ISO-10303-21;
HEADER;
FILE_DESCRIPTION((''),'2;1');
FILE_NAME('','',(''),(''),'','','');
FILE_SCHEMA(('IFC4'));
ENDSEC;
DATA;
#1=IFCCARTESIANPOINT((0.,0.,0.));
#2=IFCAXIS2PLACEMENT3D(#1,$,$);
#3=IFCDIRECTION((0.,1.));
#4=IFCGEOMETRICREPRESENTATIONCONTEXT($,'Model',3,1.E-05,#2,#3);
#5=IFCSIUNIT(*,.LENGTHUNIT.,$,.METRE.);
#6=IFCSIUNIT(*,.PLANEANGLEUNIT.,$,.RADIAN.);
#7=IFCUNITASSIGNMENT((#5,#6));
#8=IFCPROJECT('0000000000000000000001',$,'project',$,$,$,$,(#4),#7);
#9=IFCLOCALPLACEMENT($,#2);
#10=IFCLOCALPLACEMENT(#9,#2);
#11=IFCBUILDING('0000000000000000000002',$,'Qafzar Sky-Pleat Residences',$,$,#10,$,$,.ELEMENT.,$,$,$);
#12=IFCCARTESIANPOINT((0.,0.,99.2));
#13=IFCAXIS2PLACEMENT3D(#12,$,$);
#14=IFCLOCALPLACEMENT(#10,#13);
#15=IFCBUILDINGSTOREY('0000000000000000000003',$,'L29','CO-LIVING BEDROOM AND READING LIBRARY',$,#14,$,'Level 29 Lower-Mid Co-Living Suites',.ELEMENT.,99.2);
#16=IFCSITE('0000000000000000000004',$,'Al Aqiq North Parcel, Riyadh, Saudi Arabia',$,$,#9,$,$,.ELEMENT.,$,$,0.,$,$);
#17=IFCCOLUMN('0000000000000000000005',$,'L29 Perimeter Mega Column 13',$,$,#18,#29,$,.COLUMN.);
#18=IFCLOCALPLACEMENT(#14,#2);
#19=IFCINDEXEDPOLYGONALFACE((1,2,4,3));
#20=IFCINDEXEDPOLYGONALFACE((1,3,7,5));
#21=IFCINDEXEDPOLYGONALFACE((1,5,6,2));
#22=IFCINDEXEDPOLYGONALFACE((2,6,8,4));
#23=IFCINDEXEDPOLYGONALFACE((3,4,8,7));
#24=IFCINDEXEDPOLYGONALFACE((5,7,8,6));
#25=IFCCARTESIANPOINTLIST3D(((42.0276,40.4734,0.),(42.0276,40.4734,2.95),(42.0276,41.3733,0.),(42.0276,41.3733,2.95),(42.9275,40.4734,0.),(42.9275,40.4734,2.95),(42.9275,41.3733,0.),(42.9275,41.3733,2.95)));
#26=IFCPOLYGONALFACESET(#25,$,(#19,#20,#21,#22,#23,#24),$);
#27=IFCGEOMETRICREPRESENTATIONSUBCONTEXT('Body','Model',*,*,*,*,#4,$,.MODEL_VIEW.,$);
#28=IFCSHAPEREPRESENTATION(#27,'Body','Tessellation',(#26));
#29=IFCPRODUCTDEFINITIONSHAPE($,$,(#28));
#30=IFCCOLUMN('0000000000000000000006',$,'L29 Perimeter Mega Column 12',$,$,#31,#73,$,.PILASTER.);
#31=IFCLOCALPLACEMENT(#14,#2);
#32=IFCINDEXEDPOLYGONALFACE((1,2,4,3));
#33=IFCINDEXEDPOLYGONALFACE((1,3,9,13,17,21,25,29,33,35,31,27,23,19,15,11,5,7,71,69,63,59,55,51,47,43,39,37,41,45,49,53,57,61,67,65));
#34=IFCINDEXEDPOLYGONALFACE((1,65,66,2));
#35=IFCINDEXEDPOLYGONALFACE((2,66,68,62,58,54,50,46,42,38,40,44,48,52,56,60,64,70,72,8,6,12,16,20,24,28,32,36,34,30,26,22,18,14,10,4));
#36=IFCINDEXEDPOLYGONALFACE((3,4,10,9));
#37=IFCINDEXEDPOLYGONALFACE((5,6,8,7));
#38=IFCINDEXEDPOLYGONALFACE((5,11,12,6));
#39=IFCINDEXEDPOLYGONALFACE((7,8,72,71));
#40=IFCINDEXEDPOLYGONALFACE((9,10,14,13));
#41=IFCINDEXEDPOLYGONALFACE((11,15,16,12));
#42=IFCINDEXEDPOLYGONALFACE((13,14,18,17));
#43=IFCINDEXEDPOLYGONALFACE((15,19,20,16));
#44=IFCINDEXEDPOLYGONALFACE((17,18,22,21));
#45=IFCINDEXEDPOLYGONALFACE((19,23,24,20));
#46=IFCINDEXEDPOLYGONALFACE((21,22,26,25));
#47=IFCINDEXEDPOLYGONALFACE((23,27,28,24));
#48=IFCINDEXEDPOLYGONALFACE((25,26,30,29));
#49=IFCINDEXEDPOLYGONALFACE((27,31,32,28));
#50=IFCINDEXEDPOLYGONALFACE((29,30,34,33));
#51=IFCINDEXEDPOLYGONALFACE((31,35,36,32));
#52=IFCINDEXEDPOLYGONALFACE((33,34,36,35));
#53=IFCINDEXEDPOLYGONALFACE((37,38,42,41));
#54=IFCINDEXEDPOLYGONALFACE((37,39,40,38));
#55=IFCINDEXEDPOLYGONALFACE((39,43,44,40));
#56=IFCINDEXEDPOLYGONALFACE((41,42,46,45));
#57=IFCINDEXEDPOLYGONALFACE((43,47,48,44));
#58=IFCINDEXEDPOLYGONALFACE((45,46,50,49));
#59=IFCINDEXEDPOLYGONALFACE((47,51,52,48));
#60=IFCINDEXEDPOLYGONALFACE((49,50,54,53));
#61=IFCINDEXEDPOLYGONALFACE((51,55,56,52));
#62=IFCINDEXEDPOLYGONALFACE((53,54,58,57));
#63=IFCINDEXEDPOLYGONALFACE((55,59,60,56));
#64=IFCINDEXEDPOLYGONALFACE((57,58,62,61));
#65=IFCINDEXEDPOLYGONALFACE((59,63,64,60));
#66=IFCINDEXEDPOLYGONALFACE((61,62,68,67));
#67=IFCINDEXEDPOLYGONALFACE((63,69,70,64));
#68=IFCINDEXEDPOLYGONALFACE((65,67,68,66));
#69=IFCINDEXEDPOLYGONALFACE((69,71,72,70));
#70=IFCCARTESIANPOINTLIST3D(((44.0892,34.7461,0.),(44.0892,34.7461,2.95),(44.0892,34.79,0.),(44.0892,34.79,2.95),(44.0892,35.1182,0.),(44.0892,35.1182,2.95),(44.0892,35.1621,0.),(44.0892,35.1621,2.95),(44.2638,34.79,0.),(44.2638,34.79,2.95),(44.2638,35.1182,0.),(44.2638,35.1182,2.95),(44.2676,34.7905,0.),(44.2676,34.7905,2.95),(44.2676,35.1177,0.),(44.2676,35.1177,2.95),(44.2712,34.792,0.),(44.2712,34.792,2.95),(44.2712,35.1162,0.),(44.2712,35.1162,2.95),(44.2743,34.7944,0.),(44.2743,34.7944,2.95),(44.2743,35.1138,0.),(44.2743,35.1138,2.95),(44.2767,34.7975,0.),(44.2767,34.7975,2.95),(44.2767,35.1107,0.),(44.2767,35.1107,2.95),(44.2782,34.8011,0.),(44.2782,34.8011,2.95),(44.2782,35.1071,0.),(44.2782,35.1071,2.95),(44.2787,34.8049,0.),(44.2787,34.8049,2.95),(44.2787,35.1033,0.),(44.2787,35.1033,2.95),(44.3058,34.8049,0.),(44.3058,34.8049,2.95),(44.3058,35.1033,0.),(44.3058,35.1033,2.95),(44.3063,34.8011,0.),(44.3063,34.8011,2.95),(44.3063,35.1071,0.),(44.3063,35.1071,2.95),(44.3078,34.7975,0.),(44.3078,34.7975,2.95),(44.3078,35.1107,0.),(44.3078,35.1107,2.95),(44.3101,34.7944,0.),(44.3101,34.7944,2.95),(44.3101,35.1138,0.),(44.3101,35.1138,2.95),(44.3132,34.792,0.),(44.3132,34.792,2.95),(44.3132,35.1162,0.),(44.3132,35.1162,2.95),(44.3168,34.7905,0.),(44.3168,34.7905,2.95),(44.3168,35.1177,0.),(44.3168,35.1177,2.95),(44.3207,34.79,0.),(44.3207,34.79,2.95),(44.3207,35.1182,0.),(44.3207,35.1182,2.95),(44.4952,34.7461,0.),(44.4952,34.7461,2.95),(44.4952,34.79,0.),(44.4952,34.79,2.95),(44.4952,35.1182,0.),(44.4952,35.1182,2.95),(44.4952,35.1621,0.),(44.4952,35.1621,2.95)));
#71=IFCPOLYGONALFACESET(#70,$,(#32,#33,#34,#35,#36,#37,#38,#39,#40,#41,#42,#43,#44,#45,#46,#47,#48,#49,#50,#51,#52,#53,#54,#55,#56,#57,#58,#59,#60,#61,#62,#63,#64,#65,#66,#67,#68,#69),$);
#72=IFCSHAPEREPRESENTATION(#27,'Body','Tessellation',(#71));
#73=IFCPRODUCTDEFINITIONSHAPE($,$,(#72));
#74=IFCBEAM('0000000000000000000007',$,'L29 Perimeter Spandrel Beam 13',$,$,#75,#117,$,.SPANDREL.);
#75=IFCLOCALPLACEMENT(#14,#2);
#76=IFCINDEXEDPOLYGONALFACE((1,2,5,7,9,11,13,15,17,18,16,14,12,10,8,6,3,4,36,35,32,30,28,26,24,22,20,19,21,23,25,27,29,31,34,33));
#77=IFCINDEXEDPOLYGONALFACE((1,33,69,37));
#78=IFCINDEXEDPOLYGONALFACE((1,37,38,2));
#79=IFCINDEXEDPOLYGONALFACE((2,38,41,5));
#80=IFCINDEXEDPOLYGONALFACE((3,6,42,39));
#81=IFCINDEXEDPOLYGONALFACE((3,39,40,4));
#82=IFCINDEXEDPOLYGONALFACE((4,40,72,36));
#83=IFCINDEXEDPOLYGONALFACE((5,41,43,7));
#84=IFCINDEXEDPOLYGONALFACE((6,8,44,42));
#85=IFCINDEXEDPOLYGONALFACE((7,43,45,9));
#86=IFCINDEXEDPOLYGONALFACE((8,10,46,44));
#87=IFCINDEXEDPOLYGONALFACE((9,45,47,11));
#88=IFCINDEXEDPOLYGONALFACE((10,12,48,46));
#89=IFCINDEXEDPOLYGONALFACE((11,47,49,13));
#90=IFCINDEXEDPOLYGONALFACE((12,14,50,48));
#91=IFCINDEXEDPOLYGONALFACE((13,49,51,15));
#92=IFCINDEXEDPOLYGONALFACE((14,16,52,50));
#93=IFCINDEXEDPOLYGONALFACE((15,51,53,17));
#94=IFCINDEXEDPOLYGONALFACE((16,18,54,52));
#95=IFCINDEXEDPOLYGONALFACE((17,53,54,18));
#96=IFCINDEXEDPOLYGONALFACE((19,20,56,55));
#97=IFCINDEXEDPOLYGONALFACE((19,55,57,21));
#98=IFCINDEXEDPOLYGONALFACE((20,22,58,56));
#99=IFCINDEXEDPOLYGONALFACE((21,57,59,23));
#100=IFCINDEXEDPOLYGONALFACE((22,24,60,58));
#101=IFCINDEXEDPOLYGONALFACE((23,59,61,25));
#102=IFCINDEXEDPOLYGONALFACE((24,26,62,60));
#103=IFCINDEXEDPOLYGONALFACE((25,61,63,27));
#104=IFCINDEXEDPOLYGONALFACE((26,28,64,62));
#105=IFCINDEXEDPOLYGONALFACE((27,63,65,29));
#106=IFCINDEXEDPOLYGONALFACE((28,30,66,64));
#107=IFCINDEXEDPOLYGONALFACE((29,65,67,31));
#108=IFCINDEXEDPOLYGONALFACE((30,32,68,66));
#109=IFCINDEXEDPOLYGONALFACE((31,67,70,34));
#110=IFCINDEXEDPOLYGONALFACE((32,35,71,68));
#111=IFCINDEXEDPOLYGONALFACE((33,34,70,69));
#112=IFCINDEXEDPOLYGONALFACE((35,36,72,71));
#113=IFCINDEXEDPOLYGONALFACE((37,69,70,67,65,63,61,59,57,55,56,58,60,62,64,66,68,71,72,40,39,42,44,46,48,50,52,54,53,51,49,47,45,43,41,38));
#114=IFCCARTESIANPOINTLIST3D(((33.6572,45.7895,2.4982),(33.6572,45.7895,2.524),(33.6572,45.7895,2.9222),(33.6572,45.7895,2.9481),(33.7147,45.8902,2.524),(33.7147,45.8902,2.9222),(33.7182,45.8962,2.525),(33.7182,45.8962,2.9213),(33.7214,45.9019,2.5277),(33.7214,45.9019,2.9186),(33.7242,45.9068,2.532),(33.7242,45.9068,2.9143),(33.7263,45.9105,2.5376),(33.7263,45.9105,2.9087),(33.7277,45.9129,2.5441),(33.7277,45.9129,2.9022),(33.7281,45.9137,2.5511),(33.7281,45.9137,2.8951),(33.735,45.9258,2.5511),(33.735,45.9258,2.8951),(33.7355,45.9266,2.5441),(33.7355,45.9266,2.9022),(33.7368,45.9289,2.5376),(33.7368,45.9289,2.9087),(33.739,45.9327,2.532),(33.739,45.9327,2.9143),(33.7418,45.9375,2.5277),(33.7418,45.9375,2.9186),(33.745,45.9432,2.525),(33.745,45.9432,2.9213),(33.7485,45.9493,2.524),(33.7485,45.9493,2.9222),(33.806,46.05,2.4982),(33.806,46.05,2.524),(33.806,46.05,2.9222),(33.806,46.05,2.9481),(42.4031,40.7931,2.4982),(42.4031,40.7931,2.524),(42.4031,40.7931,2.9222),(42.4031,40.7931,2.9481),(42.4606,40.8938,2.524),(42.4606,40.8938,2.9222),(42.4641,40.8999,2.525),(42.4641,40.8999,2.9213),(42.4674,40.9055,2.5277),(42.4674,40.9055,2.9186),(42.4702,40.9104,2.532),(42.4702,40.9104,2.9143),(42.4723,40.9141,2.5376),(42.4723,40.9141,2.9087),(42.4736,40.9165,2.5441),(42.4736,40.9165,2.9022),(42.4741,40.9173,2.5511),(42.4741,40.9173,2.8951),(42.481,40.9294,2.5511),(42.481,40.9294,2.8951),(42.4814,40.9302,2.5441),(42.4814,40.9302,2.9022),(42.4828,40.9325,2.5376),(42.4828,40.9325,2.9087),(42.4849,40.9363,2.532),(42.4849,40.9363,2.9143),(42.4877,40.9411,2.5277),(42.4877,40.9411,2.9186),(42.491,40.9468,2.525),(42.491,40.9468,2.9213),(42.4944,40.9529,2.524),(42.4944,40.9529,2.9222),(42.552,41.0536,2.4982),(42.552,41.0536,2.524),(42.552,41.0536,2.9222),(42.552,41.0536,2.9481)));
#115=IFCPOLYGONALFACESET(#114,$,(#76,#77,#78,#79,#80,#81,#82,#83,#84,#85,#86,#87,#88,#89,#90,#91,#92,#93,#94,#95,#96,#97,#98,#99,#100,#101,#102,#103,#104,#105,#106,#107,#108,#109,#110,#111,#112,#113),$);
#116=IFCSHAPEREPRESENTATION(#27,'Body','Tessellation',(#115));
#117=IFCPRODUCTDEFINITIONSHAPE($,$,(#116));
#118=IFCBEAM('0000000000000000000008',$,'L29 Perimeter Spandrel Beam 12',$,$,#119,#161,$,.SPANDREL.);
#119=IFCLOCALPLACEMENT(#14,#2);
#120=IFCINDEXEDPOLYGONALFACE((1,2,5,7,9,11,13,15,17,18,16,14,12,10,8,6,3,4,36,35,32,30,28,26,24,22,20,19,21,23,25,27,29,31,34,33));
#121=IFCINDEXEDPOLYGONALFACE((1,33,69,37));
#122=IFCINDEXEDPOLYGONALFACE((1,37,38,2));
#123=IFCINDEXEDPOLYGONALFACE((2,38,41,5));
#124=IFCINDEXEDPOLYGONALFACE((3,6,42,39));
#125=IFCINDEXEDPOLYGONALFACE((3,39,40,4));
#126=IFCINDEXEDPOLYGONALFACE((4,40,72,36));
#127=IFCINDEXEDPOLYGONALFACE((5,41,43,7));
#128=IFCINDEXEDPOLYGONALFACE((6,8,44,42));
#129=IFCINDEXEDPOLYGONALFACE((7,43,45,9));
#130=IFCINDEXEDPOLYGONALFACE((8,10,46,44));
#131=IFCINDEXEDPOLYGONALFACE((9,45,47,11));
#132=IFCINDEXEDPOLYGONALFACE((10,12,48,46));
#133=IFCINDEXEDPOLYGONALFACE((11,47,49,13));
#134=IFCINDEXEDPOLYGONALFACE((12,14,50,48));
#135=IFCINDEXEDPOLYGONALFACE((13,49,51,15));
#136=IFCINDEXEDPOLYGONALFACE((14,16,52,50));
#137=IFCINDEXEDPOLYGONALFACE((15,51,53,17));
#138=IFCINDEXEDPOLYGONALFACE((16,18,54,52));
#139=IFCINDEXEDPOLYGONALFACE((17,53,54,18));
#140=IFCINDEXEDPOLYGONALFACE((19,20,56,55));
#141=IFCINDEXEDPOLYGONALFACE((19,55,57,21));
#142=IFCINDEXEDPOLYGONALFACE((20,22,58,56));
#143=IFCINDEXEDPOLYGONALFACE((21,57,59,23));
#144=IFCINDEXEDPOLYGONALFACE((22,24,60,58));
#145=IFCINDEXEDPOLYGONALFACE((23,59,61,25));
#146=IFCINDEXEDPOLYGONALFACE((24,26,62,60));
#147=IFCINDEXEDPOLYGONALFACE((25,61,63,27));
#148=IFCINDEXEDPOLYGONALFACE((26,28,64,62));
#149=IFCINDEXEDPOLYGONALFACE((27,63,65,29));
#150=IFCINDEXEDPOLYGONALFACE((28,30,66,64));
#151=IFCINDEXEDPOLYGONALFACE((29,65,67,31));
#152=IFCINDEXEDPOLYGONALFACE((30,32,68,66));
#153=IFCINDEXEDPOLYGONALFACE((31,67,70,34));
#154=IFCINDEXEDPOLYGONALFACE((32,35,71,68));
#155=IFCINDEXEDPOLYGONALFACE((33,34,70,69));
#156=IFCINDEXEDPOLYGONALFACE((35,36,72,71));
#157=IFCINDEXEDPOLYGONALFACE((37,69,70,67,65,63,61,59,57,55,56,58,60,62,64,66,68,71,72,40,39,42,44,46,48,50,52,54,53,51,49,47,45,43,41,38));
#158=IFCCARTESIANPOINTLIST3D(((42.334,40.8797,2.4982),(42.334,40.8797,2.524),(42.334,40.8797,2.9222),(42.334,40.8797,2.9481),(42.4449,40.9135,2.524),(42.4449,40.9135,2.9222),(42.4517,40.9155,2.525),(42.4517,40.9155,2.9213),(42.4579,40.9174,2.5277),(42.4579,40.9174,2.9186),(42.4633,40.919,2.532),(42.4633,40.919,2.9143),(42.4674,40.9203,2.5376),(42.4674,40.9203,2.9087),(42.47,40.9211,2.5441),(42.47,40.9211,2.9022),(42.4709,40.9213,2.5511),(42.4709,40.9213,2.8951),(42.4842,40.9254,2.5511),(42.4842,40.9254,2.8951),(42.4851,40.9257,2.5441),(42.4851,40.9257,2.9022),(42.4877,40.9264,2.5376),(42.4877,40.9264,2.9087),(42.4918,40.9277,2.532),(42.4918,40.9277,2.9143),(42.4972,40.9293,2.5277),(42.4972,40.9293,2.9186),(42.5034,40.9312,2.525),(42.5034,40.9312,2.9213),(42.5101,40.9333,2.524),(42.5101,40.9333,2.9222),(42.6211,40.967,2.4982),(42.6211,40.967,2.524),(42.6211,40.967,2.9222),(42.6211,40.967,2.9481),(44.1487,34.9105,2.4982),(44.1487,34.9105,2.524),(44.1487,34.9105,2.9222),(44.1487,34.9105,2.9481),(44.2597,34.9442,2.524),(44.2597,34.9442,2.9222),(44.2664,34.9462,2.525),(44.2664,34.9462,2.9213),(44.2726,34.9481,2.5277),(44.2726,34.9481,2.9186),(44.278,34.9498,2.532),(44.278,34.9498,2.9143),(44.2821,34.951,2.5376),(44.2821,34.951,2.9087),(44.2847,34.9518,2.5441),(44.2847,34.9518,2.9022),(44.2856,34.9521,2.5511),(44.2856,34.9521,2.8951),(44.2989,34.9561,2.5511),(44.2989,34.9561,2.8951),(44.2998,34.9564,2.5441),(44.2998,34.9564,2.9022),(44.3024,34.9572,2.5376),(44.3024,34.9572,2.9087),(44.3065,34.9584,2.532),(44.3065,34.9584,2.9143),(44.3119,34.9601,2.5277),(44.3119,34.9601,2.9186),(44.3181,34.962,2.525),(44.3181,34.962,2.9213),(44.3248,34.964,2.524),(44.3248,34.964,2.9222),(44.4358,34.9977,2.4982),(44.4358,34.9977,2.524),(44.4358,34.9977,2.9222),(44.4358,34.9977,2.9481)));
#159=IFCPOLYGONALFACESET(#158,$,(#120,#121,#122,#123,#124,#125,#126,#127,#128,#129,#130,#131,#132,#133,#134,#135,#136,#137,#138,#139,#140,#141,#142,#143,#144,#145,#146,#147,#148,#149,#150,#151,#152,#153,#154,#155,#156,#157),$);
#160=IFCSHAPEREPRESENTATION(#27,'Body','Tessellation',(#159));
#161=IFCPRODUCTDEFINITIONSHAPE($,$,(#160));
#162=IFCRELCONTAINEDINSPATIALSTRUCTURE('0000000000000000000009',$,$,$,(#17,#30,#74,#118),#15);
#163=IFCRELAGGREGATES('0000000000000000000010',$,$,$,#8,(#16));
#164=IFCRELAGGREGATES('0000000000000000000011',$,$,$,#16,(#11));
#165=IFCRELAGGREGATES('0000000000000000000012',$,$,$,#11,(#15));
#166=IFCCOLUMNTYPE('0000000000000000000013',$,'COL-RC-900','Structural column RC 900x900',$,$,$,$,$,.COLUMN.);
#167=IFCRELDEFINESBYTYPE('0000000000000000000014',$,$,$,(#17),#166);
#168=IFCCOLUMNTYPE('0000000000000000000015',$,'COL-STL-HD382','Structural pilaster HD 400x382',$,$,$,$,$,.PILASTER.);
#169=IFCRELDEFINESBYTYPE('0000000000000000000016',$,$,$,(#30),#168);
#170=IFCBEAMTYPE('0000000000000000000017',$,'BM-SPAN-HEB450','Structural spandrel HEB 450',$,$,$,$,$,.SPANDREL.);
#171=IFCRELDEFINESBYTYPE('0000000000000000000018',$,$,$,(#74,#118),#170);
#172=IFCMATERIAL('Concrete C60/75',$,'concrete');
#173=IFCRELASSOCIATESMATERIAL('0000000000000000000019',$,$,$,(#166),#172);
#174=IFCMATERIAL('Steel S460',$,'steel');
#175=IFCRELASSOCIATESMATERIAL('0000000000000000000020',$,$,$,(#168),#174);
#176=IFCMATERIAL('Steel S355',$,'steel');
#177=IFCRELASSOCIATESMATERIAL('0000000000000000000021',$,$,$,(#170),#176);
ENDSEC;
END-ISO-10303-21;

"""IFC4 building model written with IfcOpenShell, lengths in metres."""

from ifc_helpers import new_model, si_unit, direction, frame, origin, origin_2d, place, context, subcontext, project, spatial, rectangle, i_section, extrude, source, transform, mapped, material, material_profile, profile_set, type_object, element, save


model = new_model("IFC4")

# Units and contexts
model_context = context("Model", 3, precision=1e-05, world=origin(), true_north=direction((0.0, 1.0)))
body_context = subcontext(model_context, "Body", "Model", "MODEL_VIEW")
ifc_project = project(units=[si_unit("LENGTHUNIT", "METRE"), si_unit("PLANEANGLEUNIT", "RADIAN")], contexts=[model_context])

# Site, building, storey
site_placement = place(None, origin())
site = spatial("IfcSite", under=ifc_project, at=site_placement, Name="Al Aqiq North Parcel, Riyadh, Saudi Arabia", CompositionType="ELEMENT", RefElevation=0.0)
building_placement = place(site_placement, origin())
building = spatial("IfcBuilding", under=site, at=building_placement, Name="Qafzar Sky-Pleat Residences", CompositionType="ELEMENT")
storey_placement = place(building_placement, frame((0.0, 0.0, 99.2)))
storey = spatial("IfcBuildingStorey", under=building, at=storey_placement, Name="L29", Description="CO-LIVING BEDROOM AND READING LIBRARY", LongName="Level 29 Lower-Mid Co-Living Suites", CompositionType="ELEMENT", Elevation=99.2)

# Columns
ifc_material_1 = material(Name="Concrete C60/75", Category="concrete")
ifc_material_profile_1 = material_profile(ifc_material_1, rectangle(XDim=0.8999, YDim=0.8999, at=origin_2d()), Name="RC 900x900")
ifc_profile_set_1 = profile_set([ifc_material_profile_1], Name="Concrete C60/75")
column_type_1 = type_object("IfcColumnType", Name="COL-RC-900", Description="Structural column RC 900x900", PredefinedType="COLUMN", material=ifc_profile_set_1)
shared_shape_1 = source(origin(), body_context, "Body", "SweptSolid", [
    extrude(rectangle(XDim=0.8999, YDim=0.8999, at=origin_2d()), origin(), (0.0, 0.0, 1.0), 2.95),
])
column_1_placement = place(storey_placement, frame((42.4775, 40.9233, 0.0), z_axis=(0.0, 0.0, 1.0), x_axis=(1.0, 0.0, 0.0)))
element("IfcColumn", 1, at=column_1_placement, inside=storey, type_object=column_type_1, Name="L29 Perimeter Mega Column 13", PredefinedType="COLUMN", context=body_context, shape_type="MappedRepresentation", body=[
    mapped(shared_shape_1, transform((0.0, 0.0, 0.0), x_axis=(1.0, 0.0, 0.0), y_axis=(0.0, 1.0, 0.0), z_axis=(0.0, 0.0, 1.0), scale=1.0)),
])
ifc_material_2 = material(Name="Steel S460", Category="steel")
ifc_material_profile_2 = material_profile(ifc_material_2, i_section(OverallWidth=0.406, OverallDepth=0.416, WebThickness=0.0271, FlangeThickness=0.0439, FilletRadius=0.0149, at=origin_2d()), Name="HD 400x382")
ifc_profile_set_2 = profile_set([ifc_material_profile_2], Name="Steel S460")
column_type_2 = type_object("IfcColumnType", Name="COL-STL-HD382", Description="Structural pilaster HD 400x382", PredefinedType="PILASTER", material=ifc_profile_set_2)
shared_shape_2 = source(origin(), body_context, "Body", "SweptSolid", [
    extrude(i_section(OverallWidth=0.406, OverallDepth=0.416, WebThickness=0.0271, FlangeThickness=0.0439, FilletRadius=0.0149, at=origin_2d()), origin(), (0.0, 0.0, 1.0), 2.95),
])
column_2_placement = place(storey_placement, frame((44.2922, 34.9541, 0.0), z_axis=(0.0, 0.0, 1.0), x_axis=(1.0, 0.0, 0.0)))
element("IfcColumn", 2, at=column_2_placement, inside=storey, type_object=column_type_2, Name="L29 Perimeter Mega Column 12", PredefinedType="PILASTER", context=body_context, shape_type="MappedRepresentation", body=[
    mapped(shared_shape_2, transform((0.0, 0.0, 0.0), x_axis=(1.0, 0.0, 0.0), y_axis=(0.0, 1.0, 0.0), z_axis=(0.0, 0.0, 1.0), scale=1.0)),
])

# Beams
ifc_material_3 = material(Name="Steel S355", Category="steel")
ifc_material_profile_3 = material_profile(ifc_material_3, i_section(OverallWidth=0.3, OverallDepth=0.45, WebThickness=0.0139, FlangeThickness=0.0259, FilletRadius=0.0271, at=origin_2d()), Name="HEB 450")
ifc_profile_set_3 = profile_set([ifc_material_profile_3], Name="Steel S355")
beam_type_1 = type_object("IfcBeamType", Name="BM-SPAN-HEB450", Description="Structural spandrel HEB 450", PredefinedType="SPANDREL", material=ifc_profile_set_3)
shared_shape_3 = source(origin(), body_context, "Body", "SweptSolid", [
    extrude(i_section(OverallWidth=0.3, OverallDepth=0.45, WebThickness=0.0139, FlangeThickness=0.0259, FilletRadius=0.0271, at=origin_2d()), origin(), (0.0, 0.0, 1.0), 10.0725),
])
beam_1_placement = place(storey_placement, frame((42.4775, 40.9233, 2.7231), z_axis=(-0.868298, 0.496042, 0.0), x_axis=(-0.496042, -0.868298, 0.0)))
element("IfcBeam", 3, at=beam_1_placement, inside=storey, type_object=beam_type_1, Name="L29 Perimeter Spandrel Beam 13", PredefinedType="SPANDREL", context=body_context, shape_type="MappedRepresentation", body=[
    mapped(shared_shape_3, transform((0.0, 0.0, 0.0), x_axis=(1.0, 0.0, 0.0), y_axis=(0.0, 1.0, 0.0), z_axis=(0.0, 0.0, 1.0), scale=1.0)),
])
shared_shape_4 = source(origin(), body_context, "Body", "SweptSolid", [
    extrude(i_section(OverallWidth=0.3, OverallDepth=0.45, WebThickness=0.0139, FlangeThickness=0.0259, FilletRadius=0.0271, at=origin_2d()), origin(), (0.0, 0.0, 1.0), 6.239),
])
beam_2_placement = place(storey_placement, frame((44.2922, 34.9541, 2.7231), z_axis=(-0.290864, 0.956764, 0.0), x_axis=(-0.956764, -0.290864, 0.0)))
element("IfcBeam", 4, at=beam_2_placement, inside=storey, type_object=beam_type_1, Name="L29 Perimeter Spandrel Beam 12", PredefinedType="SPANDREL", context=body_context, shape_type="MappedRepresentation", body=[
    mapped(shared_shape_4, transform((0.0, 0.0, 0.0), x_axis=(1.0, 0.0, 0.0), y_axis=(0.0, 1.0, 0.0), z_axis=(0.0, 0.0, 1.0), scale=1.0)),
])

save(model, "model.ifc")
